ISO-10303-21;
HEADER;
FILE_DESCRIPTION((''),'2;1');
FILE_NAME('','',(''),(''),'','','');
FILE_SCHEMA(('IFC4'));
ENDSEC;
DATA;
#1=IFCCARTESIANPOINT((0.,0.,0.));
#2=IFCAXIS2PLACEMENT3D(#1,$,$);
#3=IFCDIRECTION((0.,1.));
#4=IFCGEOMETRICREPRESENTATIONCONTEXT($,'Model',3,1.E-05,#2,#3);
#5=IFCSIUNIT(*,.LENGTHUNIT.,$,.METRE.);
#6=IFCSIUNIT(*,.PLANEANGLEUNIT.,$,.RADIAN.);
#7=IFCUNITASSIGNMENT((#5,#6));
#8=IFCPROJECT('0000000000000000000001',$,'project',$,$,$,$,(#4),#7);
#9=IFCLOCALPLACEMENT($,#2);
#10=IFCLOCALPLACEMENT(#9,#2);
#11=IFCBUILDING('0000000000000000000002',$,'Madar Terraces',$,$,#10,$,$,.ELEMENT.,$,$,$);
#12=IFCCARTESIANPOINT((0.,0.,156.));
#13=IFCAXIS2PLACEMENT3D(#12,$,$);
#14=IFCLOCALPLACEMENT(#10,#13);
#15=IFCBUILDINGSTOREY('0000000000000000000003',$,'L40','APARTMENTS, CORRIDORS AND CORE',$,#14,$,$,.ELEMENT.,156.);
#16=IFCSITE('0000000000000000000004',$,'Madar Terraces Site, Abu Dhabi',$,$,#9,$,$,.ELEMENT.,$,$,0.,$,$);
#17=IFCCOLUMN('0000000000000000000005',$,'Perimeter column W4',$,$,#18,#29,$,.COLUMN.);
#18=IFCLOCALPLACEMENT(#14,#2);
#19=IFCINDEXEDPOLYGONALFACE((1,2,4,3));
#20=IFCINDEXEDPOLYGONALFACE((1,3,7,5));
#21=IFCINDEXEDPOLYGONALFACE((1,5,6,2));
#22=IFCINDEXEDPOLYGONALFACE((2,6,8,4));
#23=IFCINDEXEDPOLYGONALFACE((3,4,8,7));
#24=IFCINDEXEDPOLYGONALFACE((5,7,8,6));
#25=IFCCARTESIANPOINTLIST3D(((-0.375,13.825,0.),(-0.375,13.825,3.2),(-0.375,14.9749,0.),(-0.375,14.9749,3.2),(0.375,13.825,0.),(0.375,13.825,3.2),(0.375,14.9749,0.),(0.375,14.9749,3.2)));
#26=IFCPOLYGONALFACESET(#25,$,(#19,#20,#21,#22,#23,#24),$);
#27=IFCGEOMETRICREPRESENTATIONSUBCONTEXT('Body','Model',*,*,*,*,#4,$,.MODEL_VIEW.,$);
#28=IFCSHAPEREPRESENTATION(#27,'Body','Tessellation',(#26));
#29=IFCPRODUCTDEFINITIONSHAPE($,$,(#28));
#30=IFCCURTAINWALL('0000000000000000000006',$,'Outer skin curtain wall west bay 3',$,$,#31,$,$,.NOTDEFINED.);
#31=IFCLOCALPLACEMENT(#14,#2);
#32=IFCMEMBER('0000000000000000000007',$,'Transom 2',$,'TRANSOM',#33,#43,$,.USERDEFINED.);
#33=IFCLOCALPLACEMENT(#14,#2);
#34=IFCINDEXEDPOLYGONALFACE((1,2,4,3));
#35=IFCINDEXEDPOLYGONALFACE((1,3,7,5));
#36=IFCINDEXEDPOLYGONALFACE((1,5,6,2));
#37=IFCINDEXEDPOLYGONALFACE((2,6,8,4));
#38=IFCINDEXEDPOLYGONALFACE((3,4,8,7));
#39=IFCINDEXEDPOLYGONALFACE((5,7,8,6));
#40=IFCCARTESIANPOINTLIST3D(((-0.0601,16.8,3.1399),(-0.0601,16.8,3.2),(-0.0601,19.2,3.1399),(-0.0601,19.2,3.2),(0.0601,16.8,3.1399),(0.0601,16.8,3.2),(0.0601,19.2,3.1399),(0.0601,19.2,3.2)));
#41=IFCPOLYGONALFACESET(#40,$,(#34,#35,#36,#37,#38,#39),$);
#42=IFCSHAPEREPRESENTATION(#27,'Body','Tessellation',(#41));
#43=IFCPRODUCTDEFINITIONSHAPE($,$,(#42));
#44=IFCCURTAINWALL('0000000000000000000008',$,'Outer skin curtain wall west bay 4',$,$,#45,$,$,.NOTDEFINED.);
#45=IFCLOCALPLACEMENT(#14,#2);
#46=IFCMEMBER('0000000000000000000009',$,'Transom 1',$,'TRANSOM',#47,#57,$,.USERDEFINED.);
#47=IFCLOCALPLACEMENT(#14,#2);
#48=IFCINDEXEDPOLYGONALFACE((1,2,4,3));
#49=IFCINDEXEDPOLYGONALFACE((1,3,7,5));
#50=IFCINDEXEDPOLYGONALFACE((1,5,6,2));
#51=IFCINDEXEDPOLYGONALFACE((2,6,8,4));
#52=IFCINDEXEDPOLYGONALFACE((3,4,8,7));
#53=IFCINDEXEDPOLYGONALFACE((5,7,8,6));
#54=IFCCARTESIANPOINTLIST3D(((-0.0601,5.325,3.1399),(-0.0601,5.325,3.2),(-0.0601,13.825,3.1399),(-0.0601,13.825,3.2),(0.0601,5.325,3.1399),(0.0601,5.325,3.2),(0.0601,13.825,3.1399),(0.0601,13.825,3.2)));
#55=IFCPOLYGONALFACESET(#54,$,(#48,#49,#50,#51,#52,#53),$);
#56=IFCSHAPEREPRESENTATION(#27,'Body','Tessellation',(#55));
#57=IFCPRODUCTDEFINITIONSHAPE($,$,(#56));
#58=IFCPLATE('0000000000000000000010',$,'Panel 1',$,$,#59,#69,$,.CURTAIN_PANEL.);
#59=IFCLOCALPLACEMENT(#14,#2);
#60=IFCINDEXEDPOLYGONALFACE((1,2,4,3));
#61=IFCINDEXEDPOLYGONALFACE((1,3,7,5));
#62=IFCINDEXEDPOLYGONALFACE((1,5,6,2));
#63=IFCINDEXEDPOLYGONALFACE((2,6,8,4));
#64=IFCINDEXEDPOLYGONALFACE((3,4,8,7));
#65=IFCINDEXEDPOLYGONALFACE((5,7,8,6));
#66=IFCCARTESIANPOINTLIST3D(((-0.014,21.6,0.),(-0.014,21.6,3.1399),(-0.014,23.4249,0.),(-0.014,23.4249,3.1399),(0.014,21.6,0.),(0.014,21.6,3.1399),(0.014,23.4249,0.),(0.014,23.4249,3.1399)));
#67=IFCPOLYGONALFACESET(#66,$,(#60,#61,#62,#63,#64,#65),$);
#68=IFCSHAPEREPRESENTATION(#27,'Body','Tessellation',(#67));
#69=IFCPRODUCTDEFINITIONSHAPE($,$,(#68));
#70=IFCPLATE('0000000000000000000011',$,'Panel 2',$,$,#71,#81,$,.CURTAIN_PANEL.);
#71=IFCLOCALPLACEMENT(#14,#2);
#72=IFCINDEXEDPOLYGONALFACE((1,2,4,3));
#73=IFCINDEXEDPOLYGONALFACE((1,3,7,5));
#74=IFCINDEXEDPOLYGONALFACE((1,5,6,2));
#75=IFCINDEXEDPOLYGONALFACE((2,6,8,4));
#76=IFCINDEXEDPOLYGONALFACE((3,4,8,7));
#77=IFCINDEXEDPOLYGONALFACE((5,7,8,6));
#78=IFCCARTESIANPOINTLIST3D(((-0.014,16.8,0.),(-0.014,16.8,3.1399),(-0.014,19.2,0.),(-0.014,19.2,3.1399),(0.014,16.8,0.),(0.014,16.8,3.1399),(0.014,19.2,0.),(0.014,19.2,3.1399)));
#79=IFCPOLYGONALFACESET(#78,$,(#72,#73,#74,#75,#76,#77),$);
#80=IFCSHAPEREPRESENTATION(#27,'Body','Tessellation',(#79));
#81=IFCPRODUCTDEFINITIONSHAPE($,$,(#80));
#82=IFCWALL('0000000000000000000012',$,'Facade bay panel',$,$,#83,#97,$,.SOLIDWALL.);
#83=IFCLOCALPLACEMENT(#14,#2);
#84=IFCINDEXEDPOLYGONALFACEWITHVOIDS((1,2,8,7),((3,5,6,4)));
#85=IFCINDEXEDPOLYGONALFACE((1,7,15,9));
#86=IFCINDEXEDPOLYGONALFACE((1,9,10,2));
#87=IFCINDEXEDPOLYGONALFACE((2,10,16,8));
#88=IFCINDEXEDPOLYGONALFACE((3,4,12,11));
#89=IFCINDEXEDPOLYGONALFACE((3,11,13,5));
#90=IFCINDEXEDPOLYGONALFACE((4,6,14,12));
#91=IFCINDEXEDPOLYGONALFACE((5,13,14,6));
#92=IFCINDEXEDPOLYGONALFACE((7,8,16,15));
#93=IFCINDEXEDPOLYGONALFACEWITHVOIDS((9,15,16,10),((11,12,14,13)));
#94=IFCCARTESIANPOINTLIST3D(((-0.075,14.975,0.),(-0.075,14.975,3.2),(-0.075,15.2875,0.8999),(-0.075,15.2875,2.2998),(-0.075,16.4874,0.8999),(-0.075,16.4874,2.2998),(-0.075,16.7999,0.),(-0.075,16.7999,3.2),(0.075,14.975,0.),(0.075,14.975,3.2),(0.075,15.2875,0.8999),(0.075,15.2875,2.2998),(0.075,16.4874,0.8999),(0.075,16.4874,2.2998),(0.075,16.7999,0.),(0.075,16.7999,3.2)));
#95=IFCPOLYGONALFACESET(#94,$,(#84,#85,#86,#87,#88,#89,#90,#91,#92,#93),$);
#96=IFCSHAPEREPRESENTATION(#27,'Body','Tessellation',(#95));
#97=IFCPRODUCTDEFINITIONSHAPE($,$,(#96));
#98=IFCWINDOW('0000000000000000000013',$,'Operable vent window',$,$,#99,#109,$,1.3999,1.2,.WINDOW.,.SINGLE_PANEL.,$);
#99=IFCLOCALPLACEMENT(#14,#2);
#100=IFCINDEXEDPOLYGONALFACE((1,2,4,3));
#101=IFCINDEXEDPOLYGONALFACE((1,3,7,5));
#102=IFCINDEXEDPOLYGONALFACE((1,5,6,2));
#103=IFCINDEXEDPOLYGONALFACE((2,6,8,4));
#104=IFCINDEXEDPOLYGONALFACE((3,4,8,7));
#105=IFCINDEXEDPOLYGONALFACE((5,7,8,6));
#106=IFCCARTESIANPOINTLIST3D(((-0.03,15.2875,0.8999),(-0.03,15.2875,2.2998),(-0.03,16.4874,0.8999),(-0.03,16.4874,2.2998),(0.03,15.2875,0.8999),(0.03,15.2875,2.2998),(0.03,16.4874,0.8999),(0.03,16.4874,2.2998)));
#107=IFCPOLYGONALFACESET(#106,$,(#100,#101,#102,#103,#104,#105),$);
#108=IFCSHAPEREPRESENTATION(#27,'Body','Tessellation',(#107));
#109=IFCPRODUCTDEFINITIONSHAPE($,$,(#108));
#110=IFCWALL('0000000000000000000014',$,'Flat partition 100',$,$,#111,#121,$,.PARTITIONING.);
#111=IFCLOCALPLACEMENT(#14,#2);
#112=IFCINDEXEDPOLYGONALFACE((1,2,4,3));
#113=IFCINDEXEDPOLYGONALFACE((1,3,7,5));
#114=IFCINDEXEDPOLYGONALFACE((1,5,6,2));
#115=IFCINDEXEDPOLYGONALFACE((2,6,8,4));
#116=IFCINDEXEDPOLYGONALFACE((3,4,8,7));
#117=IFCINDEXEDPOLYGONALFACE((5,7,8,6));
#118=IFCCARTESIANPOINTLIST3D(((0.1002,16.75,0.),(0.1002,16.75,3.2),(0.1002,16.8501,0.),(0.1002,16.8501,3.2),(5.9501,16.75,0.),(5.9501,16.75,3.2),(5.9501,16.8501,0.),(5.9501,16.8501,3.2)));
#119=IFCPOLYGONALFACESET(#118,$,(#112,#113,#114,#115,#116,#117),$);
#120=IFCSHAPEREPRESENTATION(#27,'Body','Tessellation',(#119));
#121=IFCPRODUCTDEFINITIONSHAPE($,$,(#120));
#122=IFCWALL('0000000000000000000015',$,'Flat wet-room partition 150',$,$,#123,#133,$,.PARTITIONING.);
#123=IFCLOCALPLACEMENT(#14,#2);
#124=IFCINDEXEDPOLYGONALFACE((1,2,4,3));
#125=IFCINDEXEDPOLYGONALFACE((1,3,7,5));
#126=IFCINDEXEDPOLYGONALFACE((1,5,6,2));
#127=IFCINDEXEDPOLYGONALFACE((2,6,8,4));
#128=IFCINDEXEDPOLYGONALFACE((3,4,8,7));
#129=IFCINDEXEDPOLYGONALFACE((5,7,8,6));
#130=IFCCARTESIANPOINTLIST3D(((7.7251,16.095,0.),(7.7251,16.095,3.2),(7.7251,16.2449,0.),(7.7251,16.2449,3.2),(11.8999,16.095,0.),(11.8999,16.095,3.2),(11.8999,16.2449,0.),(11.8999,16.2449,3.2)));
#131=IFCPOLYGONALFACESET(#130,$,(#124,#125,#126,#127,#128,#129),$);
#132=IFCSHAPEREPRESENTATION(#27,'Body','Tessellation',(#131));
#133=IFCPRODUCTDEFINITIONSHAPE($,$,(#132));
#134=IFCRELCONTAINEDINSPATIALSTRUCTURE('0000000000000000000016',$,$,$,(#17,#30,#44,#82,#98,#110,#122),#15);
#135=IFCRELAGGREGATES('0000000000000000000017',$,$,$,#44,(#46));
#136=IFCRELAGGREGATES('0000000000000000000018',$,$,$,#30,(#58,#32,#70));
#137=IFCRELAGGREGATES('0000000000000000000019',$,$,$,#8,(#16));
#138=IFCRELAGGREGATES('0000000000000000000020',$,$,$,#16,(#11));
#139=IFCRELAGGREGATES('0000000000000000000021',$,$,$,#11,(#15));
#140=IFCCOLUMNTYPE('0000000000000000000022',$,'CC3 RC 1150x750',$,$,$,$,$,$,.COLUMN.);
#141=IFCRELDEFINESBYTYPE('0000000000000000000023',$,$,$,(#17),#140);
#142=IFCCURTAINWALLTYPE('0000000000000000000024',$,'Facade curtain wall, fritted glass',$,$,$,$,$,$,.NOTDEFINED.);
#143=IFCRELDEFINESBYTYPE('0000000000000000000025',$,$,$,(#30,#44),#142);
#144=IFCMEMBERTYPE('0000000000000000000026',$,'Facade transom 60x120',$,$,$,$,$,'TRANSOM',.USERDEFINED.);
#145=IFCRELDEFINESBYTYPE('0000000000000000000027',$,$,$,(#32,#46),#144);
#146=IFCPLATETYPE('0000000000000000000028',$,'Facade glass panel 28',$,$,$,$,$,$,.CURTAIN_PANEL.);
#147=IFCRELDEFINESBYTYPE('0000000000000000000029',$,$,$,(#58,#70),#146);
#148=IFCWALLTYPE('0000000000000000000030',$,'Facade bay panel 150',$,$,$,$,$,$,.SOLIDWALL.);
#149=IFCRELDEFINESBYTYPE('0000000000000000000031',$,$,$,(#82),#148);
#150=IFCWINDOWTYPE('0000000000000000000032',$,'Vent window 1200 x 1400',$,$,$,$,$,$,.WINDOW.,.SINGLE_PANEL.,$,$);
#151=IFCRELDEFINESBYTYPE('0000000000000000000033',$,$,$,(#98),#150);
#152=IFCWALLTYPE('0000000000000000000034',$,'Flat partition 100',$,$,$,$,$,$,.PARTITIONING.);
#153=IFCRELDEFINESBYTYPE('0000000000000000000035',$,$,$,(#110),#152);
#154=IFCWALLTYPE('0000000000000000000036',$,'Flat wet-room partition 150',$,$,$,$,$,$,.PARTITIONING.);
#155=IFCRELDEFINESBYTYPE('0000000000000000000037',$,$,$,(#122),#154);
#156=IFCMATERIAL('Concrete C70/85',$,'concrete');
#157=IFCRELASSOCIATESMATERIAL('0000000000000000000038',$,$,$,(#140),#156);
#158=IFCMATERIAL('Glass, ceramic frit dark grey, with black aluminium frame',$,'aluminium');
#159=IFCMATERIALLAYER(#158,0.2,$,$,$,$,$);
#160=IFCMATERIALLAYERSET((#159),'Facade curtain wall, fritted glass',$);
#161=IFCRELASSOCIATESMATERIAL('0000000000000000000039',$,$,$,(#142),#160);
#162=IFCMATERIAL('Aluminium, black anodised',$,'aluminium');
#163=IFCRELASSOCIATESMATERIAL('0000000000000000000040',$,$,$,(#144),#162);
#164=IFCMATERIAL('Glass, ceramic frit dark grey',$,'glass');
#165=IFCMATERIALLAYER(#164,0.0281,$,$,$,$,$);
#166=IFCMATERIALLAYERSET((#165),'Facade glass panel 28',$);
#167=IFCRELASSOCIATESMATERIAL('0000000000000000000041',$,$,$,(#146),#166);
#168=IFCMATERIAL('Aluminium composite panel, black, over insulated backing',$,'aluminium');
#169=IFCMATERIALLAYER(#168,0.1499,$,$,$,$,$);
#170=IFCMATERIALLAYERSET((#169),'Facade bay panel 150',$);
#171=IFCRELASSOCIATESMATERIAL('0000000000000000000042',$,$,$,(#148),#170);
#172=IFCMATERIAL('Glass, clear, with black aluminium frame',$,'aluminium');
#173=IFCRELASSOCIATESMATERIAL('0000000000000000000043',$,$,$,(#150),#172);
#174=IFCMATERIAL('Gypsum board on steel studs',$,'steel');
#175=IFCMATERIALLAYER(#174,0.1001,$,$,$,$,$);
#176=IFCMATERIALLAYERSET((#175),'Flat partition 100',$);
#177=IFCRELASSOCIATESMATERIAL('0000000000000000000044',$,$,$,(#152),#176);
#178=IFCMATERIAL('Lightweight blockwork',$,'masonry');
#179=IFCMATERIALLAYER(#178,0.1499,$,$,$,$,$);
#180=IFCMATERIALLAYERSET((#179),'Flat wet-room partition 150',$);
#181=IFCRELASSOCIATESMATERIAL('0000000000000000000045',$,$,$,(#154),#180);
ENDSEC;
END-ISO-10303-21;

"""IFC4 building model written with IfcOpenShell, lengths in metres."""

from ifc_helpers import new_model, si_unit, direction, frame, frame_2d, origin, origin_2d, place, context, subcontext, project, spatial, rectangle, extrude, material, layer, layer_set, material_profile, profile_set, type_object, element, fill, aggregate, save


model = new_model("IFC4")

# Units and contexts
model_context = context("Model", 3, precision=1e-05, world=origin(), true_north=direction((0.0, 1.0)))
body_context = subcontext(model_context, "Body", "Model", "MODEL_VIEW")
ifc_project = project(units=[si_unit("LENGTHUNIT", "METRE"), si_unit("PLANEANGLEUNIT", "RADIAN")], contexts=[model_context])

# Site, building, storey
site_placement = place(None, origin())
site = spatial("IfcSite", under=ifc_project, at=site_placement, Name="Madar Terraces Site, Abu Dhabi", CompositionType="ELEMENT", RefElevation=0.0)
building_placement = place(site_placement, origin())
building = spatial("IfcBuilding", under=site, at=building_placement, Name="Madar Terraces", CompositionType="ELEMENT")
storey_placement = place(building_placement, frame((0.0, 0.0, 156.0)))
storey = spatial("IfcBuildingStorey", under=building, at=storey_placement, Name="L40", Description="APARTMENTS, CORRIDORS AND CORE", CompositionType="ELEMENT", Elevation=156.0)

# Column
ifc_material_1 = material(Name="Concrete C70/85", Category="concrete")
ifc_material_profile_1 = material_profile(ifc_material_1, rectangle(XDim=1.1499, YDim=0.75, at=origin_2d()), Name="CC3 RC 1150x750")
ifc_profile_set_1 = profile_set([ifc_material_profile_1], Name="Concrete C70/85")
column_type = type_object("IfcColumnType", Name="CC3 RC 1150x750", PredefinedType="COLUMN", material=ifc_profile_set_1)
column_placement = place(storey_placement, frame((0.0, 14.3999, 0.0), z_axis=(0.0, 0.0, 1.0), x_axis=(0.0, 1.0, 0.0)))
element("IfcColumn", 1, at=column_placement, inside=storey, type_object=column_type, Name="Perimeter column W4", PredefinedType="COLUMN", context=body_context, shape_type="SweptSolid", body=[
    extrude(rectangle(XDim=1.1499, YDim=0.75, at=origin_2d()), origin(), (0.0, 0.0, 1.0), 3.2),
])

# Curtain walls, members
ifc_material_2 = material(Name="Glass, ceramic frit dark grey, with black aluminium frame", Category="aluminium")
ifc_layer_1 = layer(ifc_material_2, 0.2)
ifc_layer_set_1 = layer_set([ifc_layer_1], Name="Facade curtain wall, fritted glass")
curtain_wall_type = type_object("IfcCurtainWallType", Name="Facade curtain wall, fritted glass", PredefinedType="NOTDEFINED", material=ifc_layer_set_1)
curtain_wall_1_placement = place(storey_placement, origin())
curtain_wall_1 = element("IfcCurtainWall", 2, at=curtain_wall_1_placement, inside=storey, type_object=curtain_wall_type, Name="Outer skin curtain wall west bay 3", PredefinedType="NOTDEFINED")
ifc_material_3 = material(Name="Aluminium, black anodised", Category="aluminium")
ifc_material_profile_2 = material_profile(ifc_material_3, rectangle(XDim=0.1201, YDim=0.0601, at=origin_2d()), Name="Facade transom 60x120")
ifc_profile_set_2 = profile_set([ifc_material_profile_2], Name="Aluminium, black anodised")
member_type = type_object("IfcMemberType", Name="Facade transom 60x120", ElementType="TRANSOM", PredefinedType="USERDEFINED", material=ifc_profile_set_2)
member_1_placement = place(storey_placement, frame((0.0, 19.2, 3.1699), z_axis=(0.0, -1.0, 0.0), x_axis=(1.0, 0.0, 0.0)))
member_1 = element("IfcMember", 3, at=member_1_placement, type_object=member_type, Name="Transom 2", ObjectType="TRANSOM", PredefinedType="USERDEFINED", context=body_context, shape_type="SweptSolid", body=[
    extrude(rectangle(XDim=0.1201, YDim=0.0601, at=origin_2d()), origin(), (0.0, 0.0, 1.0), 2.3999),
])
curtain_wall_2_placement = place(storey_placement, origin())
curtain_wall_2 = element("IfcCurtainWall", 4, at=curtain_wall_2_placement, inside=storey, type_object=curtain_wall_type, Name="Outer skin curtain wall west bay 4", PredefinedType="NOTDEFINED")
member_2_placement = place(storey_placement, frame((0.0, 13.825, 3.1699), z_axis=(0.0, -1.0, 0.0), x_axis=(1.0, 0.0, 0.0)))
member_2 = element("IfcMember", 5, at=member_2_placement, type_object=member_type, Name="Transom 1", ObjectType="TRANSOM", PredefinedType="USERDEFINED", context=body_context, shape_type="SweptSolid", body=[
    extrude(rectangle(XDim=0.1201, YDim=0.0601, at=origin_2d()), origin(), (0.0, 0.0, 1.0), 8.5),
])
aggregate(curtain_wall_2, [member_2])

# Plates
ifc_material_4 = material(Name="Glass, ceramic frit dark grey", Category="glass")
ifc_layer_2 = layer(ifc_material_4, 0.0281)
ifc_layer_set_2 = layer_set([ifc_layer_2], Name="Facade glass panel 28")
plate_type = type_object("IfcPlateType", Name="Facade glass panel 28", PredefinedType="CURTAIN_PANEL", material=ifc_layer_set_2)
plate_1_placement = place(storey_placement, frame((0.0, 22.5125, 0.0), z_axis=(0.0, 0.0, 1.0), x_axis=(0.0, -1.0, 0.0)))
plate_1 = element("IfcPlate", 6, at=plate_1_placement, type_object=plate_type, Name="Panel 1", PredefinedType="CURTAIN_PANEL", context=body_context, shape_type="SweptSolid", body=[
    extrude(rectangle(XDim=1.825, YDim=0.0281, at=origin_2d()), origin(), (0.0, 0.0, 1.0), 3.1399),
])
plate_2_placement = place(storey_placement, frame((0.0, 18.0, 0.0), z_axis=(0.0, 0.0, 1.0), x_axis=(0.0, -1.0, 0.0)))
plate_2 = element("IfcPlate", 7, at=plate_2_placement, type_object=plate_type, Name="Panel 2", PredefinedType="CURTAIN_PANEL", context=body_context, shape_type="SweptSolid", body=[
    extrude(rectangle(XDim=2.3999, YDim=0.0281, at=origin_2d()), origin(), (0.0, 0.0, 1.0), 3.1399),
])
aggregate(curtain_wall_1, [plate_1, member_1, plate_2])

# Shared definitions
ifc_material_5 = material(Name="Aluminium composite panel, black, over insulated backing", Category="aluminium")
ifc_layer_3 = layer(ifc_material_5, 0.1499)
ifc_layer_set_3 = layer_set([ifc_layer_3], Name="Facade bay panel 150")
wall_type_1 = type_object("IfcWallType", Name="Facade bay panel 150", PredefinedType="SOLIDWALL", material=ifc_layer_set_3)

# Wall, opening, window
wall_1_placement = place(storey_placement, frame((0.0, 16.8, 0.0), z_axis=(0.0, 0.0, 1.0), x_axis=(0.0, -1.0, 0.0)))
wall_1 = element("IfcWall", 8, at=wall_1_placement, inside=storey, type_object=wall_type_1, Name="Facade bay panel", PredefinedType="SOLIDWALL", context=body_context, shape_type="SweptSolid", body=[
    extrude(rectangle(XDim=1.825, YDim=0.1499, at=frame_2d((0.9126, 0.0))), origin(), (0.0, 0.0, 1.0), 3.2),
])
opening_1_placement = place(wall_1_placement, frame((0.3125, 0.0, 0.8999)))
opening_1 = element("IfcOpeningElement", 9, at=opening_1_placement, cuts=wall_1, PredefinedType="OPENING", context=body_context, shape_type="SweptSolid", body=[
    extrude(rectangle(XDim=1.2, YDim=1.3999, at=frame_2d((0.6001, 0.7))), frame((0.0, 0.085, 0.0), z_axis=(0.0, -1.0, 0.0), x_axis=(1.0, 0.0, 0.0)), (0.0, 0.0, 1.0), 0.1699),
])
ifc_material_6 = material(Name="Glass, clear, with black aluminium frame", Category="aluminium")
window_type = type_object("IfcWindowType", Name="Vent window 1200 x 1400", PartitioningType="SINGLE_PANEL", PredefinedType="WINDOW", material=ifc_material_6)
window_placement = place(opening_1_placement, origin())
window = element("IfcWindow", 10, at=window_placement, inside=storey, type_object=window_type, Name="Operable vent window", OverallHeight=1.3999, OverallWidth=1.2, PartitioningType="SINGLE_PANEL", PredefinedType="WINDOW", context=body_context, shape_type="SweptSolid", body=[
    extrude(rectangle(XDim=1.2, YDim=1.3999, at=frame_2d((0.6001, 0.7))), frame((0.0, 0.03, 0.0), z_axis=(0.0, -1.0, 0.0), x_axis=(1.0, 0.0, 0.0)), (0.0, 0.0, 1.0), 0.0601),
])
fill(opening_1, window)

# Walls
ifc_material_7 = material(Name="Gypsum board on steel studs", Category="steel")
ifc_layer_4 = layer(ifc_material_7, 0.1001)
ifc_layer_set_4 = layer_set([ifc_layer_4], Name="Flat partition 100")
wall_type_2 = type_object("IfcWallType", Name="Flat partition 100", PredefinedType="PARTITIONING", material=ifc_layer_set_4)
wall_2_placement = place(storey_placement, frame((5.95, 16.8, 0.0), z_axis=(0.0, 0.0, 1.0), x_axis=(-1.0, 0.0, 0.0)))
element("IfcWall", 11, at=wall_2_placement, inside=storey, type_object=wall_type_2, Name="Flat partition 100", PredefinedType="PARTITIONING", context=body_context, shape_type="SweptSolid", body=[
    extrude(rectangle(XDim=5.8499, YDim=0.1001, at=frame_2d((2.9248, 0.0))), origin(), (0.0, 0.0, 1.0), 3.2),
])
ifc_material_8 = material(Name="Lightweight blockwork", Category="masonry")
ifc_layer_5 = layer(ifc_material_8, 0.1499)
ifc_layer_set_5 = layer_set([ifc_layer_5], Name="Flat wet-room partition 150")
wall_type_3 = type_object("IfcWallType", Name="Flat wet-room partition 150", PredefinedType="PARTITIONING", material=ifc_layer_set_5)
wall_3_placement = place(storey_placement, frame((11.8999, 16.1699, 0.0), z_axis=(0.0, 0.0, 1.0), x_axis=(-1.0, 0.0, 0.0)))
element("IfcWall", 12, at=wall_3_placement, inside=storey, type_object=wall_type_3, Name="Flat wet-room partition 150", PredefinedType="PARTITIONING", context=body_context, shape_type="SweptSolid", body=[
    extrude(rectangle(XDim=4.1748, YDim=0.1499, at=frame_2d((2.0874, 0.0))), origin(), (0.0, 0.0, 1.0), 3.2),
])

save(model, "model.ifc")
